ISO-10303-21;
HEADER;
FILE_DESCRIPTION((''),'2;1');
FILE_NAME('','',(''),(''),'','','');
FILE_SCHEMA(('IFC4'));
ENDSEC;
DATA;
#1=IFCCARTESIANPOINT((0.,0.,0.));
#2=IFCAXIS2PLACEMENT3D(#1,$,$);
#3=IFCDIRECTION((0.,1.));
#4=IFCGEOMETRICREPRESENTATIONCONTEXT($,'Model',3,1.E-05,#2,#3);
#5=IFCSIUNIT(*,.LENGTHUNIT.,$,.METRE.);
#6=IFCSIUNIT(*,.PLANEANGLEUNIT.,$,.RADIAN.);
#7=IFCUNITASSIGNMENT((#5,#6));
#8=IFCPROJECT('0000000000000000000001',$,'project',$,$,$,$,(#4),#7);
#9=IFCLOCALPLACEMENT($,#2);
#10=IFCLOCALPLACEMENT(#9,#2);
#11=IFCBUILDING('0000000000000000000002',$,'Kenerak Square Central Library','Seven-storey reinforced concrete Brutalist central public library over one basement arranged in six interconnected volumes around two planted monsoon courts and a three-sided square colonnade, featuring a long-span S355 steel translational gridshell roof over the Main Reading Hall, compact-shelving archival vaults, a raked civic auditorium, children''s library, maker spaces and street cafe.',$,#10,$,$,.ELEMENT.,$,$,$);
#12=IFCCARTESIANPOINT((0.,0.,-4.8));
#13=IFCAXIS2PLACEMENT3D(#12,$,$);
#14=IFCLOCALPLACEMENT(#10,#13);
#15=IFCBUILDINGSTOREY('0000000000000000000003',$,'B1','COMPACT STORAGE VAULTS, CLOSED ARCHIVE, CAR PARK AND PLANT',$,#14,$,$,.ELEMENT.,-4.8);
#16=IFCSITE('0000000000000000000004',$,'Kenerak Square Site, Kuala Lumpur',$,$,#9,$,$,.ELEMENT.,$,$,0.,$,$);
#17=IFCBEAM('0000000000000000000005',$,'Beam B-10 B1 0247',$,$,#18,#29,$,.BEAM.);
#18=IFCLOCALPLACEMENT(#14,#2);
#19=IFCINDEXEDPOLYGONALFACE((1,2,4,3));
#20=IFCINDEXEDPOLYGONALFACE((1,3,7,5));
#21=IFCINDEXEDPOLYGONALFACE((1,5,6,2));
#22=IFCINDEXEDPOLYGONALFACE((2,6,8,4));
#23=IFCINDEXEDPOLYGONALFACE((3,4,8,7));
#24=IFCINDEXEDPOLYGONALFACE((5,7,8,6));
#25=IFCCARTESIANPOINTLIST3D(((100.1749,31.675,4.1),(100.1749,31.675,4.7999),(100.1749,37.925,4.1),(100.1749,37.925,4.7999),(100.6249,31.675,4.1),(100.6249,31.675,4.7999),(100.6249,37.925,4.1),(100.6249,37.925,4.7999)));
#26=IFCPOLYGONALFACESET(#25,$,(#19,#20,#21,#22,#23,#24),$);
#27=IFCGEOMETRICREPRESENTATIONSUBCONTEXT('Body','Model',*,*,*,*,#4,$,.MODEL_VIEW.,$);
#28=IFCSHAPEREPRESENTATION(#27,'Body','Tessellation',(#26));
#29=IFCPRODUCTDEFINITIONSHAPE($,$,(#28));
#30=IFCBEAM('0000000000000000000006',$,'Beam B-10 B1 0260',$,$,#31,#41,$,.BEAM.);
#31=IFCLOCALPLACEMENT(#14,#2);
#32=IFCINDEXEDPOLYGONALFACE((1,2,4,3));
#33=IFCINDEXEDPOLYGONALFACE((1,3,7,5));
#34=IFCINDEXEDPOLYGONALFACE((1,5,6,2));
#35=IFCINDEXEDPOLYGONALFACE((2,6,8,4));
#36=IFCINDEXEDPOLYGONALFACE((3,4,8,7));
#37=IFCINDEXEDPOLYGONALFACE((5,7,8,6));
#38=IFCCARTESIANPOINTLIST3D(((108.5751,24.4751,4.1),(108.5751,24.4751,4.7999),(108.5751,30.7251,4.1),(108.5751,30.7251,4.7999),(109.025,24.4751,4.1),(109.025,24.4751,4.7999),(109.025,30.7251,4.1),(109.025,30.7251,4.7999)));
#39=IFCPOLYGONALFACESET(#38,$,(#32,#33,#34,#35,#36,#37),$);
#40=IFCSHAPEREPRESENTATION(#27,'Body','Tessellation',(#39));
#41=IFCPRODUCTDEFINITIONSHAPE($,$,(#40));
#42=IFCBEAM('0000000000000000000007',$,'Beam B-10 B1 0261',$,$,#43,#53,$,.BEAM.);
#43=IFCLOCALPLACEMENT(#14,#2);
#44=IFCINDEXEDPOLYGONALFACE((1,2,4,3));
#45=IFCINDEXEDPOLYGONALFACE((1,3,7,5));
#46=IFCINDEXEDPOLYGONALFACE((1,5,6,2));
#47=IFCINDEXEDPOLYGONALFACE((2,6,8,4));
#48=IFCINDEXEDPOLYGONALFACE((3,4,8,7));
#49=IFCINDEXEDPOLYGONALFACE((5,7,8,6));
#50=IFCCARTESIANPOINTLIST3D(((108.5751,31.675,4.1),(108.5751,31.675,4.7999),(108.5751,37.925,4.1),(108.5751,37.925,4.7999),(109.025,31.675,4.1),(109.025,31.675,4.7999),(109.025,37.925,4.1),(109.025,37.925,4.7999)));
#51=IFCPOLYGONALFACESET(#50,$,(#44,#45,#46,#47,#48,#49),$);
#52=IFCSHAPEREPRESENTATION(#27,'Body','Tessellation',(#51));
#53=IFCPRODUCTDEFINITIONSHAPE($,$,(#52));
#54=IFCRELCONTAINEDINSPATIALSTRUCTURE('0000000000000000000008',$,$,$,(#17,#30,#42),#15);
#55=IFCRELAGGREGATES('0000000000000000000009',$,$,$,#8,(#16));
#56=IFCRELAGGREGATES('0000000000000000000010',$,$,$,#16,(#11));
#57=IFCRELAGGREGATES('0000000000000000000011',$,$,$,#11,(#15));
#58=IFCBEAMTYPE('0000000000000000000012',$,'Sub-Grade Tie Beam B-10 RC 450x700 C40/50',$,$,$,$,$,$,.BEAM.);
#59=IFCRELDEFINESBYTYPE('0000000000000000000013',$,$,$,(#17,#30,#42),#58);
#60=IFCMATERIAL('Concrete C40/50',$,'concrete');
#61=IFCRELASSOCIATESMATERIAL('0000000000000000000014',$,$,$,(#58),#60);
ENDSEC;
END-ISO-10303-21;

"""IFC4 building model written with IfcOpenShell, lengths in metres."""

from ifc_helpers import new_model, si_unit, direction, frame, origin, origin_2d, place, context, subcontext, project, spatial, rectangle, extrude, material, material_profile, profile_set, type_object, element, save


model = new_model("IFC4")

# Units and contexts
model_context = context("Model", 3, precision=1e-05, world=origin(), true_north=direction((0.0, 1.0)))
body_context = subcontext(model_context, "Body", "Model", "MODEL_VIEW")
ifc_project = project(units=[si_unit("LENGTHUNIT", "METRE"), si_unit("PLANEANGLEUNIT", "RADIAN")], contexts=[model_context])

# Site, building, storey
site_placement = place(None, origin())
site = spatial("IfcSite", under=ifc_project, at=site_placement, Name="Kenerak Square Site, Kuala Lumpur", CompositionType="ELEMENT", RefElevation=0.0)
building_placement = place(site_placement, origin())
building = spatial("IfcBuilding", under=site, at=building_placement, Name="Kenerak Square Central Library", Description="Seven-storey reinforced concrete Brutalist central public library over one basement arranged in six interconnected volumes around two planted monsoon courts and a three-sided square colonnade, featuring a long-span S355 steel translational gridshell roof over the Main Reading Hall, compact-shelving archival vaults, a raked civic auditorium, children's library, maker spaces and street cafe.", CompositionType="ELEMENT")
storey_placement = place(building_placement, frame((0.0, 0.0, -4.8)))
storey = spatial("IfcBuildingStorey", under=building, at=storey_placement, Name="B1", Description="COMPACT STORAGE VAULTS, CLOSED ARCHIVE, CAR PARK AND PLANT", CompositionType="ELEMENT", Elevation=-4.8)

# Shared definitions
ifc_material_1 = material(Name="Concrete C40/50", Category="concrete")

# Beams
ifc_material_profile_1 = material_profile(ifc_material_1, rectangle(XDim=0.45, YDim=0.7, at=origin_2d()), Name="RC 450x700")
ifc_profile_set_1 = profile_set([ifc_material_profile_1], Name="Concrete C40/50")
beam_type_1 = type_object("IfcBeamType", Name="Sub-Grade Tie Beam B-10 RC 450x700 C40/50", PredefinedType="BEAM", material=ifc_profile_set_1)
for number, where, z_axis, x_axis, name in (
    (1, (100.3999, 31.675, 4.45), (0.0, 1.0, 0.0), (-1.0, 0.0, 0.0), "Beam B-10 B1 0247"),
    (2, (108.8, 24.4751, 4.45), (0.0, 1.0, 0.0), (-1.0, 0.0, 0.0), "Beam B-10 B1 0260"),
    (3, (108.8, 31.675, 4.45), (0.0, 1.0, 0.0), (-1.0, 0.0, 0.0), "Beam B-10 B1 0261"),
):
    element("IfcBeam", number, at=place(storey_placement, frame(where, z_axis=z_axis, x_axis=x_axis)), inside=storey, type_object=beam_type_1, Name=name, PredefinedType="BEAM", context=body_context, shape_type="SweptSolid", body=[
        extrude(rectangle(XDim=0.45, YDim=0.7, at=origin_2d()), origin(), (0.0, 0.0, 1.0), 6.25),
    ])

save(model, "model.ifc")
